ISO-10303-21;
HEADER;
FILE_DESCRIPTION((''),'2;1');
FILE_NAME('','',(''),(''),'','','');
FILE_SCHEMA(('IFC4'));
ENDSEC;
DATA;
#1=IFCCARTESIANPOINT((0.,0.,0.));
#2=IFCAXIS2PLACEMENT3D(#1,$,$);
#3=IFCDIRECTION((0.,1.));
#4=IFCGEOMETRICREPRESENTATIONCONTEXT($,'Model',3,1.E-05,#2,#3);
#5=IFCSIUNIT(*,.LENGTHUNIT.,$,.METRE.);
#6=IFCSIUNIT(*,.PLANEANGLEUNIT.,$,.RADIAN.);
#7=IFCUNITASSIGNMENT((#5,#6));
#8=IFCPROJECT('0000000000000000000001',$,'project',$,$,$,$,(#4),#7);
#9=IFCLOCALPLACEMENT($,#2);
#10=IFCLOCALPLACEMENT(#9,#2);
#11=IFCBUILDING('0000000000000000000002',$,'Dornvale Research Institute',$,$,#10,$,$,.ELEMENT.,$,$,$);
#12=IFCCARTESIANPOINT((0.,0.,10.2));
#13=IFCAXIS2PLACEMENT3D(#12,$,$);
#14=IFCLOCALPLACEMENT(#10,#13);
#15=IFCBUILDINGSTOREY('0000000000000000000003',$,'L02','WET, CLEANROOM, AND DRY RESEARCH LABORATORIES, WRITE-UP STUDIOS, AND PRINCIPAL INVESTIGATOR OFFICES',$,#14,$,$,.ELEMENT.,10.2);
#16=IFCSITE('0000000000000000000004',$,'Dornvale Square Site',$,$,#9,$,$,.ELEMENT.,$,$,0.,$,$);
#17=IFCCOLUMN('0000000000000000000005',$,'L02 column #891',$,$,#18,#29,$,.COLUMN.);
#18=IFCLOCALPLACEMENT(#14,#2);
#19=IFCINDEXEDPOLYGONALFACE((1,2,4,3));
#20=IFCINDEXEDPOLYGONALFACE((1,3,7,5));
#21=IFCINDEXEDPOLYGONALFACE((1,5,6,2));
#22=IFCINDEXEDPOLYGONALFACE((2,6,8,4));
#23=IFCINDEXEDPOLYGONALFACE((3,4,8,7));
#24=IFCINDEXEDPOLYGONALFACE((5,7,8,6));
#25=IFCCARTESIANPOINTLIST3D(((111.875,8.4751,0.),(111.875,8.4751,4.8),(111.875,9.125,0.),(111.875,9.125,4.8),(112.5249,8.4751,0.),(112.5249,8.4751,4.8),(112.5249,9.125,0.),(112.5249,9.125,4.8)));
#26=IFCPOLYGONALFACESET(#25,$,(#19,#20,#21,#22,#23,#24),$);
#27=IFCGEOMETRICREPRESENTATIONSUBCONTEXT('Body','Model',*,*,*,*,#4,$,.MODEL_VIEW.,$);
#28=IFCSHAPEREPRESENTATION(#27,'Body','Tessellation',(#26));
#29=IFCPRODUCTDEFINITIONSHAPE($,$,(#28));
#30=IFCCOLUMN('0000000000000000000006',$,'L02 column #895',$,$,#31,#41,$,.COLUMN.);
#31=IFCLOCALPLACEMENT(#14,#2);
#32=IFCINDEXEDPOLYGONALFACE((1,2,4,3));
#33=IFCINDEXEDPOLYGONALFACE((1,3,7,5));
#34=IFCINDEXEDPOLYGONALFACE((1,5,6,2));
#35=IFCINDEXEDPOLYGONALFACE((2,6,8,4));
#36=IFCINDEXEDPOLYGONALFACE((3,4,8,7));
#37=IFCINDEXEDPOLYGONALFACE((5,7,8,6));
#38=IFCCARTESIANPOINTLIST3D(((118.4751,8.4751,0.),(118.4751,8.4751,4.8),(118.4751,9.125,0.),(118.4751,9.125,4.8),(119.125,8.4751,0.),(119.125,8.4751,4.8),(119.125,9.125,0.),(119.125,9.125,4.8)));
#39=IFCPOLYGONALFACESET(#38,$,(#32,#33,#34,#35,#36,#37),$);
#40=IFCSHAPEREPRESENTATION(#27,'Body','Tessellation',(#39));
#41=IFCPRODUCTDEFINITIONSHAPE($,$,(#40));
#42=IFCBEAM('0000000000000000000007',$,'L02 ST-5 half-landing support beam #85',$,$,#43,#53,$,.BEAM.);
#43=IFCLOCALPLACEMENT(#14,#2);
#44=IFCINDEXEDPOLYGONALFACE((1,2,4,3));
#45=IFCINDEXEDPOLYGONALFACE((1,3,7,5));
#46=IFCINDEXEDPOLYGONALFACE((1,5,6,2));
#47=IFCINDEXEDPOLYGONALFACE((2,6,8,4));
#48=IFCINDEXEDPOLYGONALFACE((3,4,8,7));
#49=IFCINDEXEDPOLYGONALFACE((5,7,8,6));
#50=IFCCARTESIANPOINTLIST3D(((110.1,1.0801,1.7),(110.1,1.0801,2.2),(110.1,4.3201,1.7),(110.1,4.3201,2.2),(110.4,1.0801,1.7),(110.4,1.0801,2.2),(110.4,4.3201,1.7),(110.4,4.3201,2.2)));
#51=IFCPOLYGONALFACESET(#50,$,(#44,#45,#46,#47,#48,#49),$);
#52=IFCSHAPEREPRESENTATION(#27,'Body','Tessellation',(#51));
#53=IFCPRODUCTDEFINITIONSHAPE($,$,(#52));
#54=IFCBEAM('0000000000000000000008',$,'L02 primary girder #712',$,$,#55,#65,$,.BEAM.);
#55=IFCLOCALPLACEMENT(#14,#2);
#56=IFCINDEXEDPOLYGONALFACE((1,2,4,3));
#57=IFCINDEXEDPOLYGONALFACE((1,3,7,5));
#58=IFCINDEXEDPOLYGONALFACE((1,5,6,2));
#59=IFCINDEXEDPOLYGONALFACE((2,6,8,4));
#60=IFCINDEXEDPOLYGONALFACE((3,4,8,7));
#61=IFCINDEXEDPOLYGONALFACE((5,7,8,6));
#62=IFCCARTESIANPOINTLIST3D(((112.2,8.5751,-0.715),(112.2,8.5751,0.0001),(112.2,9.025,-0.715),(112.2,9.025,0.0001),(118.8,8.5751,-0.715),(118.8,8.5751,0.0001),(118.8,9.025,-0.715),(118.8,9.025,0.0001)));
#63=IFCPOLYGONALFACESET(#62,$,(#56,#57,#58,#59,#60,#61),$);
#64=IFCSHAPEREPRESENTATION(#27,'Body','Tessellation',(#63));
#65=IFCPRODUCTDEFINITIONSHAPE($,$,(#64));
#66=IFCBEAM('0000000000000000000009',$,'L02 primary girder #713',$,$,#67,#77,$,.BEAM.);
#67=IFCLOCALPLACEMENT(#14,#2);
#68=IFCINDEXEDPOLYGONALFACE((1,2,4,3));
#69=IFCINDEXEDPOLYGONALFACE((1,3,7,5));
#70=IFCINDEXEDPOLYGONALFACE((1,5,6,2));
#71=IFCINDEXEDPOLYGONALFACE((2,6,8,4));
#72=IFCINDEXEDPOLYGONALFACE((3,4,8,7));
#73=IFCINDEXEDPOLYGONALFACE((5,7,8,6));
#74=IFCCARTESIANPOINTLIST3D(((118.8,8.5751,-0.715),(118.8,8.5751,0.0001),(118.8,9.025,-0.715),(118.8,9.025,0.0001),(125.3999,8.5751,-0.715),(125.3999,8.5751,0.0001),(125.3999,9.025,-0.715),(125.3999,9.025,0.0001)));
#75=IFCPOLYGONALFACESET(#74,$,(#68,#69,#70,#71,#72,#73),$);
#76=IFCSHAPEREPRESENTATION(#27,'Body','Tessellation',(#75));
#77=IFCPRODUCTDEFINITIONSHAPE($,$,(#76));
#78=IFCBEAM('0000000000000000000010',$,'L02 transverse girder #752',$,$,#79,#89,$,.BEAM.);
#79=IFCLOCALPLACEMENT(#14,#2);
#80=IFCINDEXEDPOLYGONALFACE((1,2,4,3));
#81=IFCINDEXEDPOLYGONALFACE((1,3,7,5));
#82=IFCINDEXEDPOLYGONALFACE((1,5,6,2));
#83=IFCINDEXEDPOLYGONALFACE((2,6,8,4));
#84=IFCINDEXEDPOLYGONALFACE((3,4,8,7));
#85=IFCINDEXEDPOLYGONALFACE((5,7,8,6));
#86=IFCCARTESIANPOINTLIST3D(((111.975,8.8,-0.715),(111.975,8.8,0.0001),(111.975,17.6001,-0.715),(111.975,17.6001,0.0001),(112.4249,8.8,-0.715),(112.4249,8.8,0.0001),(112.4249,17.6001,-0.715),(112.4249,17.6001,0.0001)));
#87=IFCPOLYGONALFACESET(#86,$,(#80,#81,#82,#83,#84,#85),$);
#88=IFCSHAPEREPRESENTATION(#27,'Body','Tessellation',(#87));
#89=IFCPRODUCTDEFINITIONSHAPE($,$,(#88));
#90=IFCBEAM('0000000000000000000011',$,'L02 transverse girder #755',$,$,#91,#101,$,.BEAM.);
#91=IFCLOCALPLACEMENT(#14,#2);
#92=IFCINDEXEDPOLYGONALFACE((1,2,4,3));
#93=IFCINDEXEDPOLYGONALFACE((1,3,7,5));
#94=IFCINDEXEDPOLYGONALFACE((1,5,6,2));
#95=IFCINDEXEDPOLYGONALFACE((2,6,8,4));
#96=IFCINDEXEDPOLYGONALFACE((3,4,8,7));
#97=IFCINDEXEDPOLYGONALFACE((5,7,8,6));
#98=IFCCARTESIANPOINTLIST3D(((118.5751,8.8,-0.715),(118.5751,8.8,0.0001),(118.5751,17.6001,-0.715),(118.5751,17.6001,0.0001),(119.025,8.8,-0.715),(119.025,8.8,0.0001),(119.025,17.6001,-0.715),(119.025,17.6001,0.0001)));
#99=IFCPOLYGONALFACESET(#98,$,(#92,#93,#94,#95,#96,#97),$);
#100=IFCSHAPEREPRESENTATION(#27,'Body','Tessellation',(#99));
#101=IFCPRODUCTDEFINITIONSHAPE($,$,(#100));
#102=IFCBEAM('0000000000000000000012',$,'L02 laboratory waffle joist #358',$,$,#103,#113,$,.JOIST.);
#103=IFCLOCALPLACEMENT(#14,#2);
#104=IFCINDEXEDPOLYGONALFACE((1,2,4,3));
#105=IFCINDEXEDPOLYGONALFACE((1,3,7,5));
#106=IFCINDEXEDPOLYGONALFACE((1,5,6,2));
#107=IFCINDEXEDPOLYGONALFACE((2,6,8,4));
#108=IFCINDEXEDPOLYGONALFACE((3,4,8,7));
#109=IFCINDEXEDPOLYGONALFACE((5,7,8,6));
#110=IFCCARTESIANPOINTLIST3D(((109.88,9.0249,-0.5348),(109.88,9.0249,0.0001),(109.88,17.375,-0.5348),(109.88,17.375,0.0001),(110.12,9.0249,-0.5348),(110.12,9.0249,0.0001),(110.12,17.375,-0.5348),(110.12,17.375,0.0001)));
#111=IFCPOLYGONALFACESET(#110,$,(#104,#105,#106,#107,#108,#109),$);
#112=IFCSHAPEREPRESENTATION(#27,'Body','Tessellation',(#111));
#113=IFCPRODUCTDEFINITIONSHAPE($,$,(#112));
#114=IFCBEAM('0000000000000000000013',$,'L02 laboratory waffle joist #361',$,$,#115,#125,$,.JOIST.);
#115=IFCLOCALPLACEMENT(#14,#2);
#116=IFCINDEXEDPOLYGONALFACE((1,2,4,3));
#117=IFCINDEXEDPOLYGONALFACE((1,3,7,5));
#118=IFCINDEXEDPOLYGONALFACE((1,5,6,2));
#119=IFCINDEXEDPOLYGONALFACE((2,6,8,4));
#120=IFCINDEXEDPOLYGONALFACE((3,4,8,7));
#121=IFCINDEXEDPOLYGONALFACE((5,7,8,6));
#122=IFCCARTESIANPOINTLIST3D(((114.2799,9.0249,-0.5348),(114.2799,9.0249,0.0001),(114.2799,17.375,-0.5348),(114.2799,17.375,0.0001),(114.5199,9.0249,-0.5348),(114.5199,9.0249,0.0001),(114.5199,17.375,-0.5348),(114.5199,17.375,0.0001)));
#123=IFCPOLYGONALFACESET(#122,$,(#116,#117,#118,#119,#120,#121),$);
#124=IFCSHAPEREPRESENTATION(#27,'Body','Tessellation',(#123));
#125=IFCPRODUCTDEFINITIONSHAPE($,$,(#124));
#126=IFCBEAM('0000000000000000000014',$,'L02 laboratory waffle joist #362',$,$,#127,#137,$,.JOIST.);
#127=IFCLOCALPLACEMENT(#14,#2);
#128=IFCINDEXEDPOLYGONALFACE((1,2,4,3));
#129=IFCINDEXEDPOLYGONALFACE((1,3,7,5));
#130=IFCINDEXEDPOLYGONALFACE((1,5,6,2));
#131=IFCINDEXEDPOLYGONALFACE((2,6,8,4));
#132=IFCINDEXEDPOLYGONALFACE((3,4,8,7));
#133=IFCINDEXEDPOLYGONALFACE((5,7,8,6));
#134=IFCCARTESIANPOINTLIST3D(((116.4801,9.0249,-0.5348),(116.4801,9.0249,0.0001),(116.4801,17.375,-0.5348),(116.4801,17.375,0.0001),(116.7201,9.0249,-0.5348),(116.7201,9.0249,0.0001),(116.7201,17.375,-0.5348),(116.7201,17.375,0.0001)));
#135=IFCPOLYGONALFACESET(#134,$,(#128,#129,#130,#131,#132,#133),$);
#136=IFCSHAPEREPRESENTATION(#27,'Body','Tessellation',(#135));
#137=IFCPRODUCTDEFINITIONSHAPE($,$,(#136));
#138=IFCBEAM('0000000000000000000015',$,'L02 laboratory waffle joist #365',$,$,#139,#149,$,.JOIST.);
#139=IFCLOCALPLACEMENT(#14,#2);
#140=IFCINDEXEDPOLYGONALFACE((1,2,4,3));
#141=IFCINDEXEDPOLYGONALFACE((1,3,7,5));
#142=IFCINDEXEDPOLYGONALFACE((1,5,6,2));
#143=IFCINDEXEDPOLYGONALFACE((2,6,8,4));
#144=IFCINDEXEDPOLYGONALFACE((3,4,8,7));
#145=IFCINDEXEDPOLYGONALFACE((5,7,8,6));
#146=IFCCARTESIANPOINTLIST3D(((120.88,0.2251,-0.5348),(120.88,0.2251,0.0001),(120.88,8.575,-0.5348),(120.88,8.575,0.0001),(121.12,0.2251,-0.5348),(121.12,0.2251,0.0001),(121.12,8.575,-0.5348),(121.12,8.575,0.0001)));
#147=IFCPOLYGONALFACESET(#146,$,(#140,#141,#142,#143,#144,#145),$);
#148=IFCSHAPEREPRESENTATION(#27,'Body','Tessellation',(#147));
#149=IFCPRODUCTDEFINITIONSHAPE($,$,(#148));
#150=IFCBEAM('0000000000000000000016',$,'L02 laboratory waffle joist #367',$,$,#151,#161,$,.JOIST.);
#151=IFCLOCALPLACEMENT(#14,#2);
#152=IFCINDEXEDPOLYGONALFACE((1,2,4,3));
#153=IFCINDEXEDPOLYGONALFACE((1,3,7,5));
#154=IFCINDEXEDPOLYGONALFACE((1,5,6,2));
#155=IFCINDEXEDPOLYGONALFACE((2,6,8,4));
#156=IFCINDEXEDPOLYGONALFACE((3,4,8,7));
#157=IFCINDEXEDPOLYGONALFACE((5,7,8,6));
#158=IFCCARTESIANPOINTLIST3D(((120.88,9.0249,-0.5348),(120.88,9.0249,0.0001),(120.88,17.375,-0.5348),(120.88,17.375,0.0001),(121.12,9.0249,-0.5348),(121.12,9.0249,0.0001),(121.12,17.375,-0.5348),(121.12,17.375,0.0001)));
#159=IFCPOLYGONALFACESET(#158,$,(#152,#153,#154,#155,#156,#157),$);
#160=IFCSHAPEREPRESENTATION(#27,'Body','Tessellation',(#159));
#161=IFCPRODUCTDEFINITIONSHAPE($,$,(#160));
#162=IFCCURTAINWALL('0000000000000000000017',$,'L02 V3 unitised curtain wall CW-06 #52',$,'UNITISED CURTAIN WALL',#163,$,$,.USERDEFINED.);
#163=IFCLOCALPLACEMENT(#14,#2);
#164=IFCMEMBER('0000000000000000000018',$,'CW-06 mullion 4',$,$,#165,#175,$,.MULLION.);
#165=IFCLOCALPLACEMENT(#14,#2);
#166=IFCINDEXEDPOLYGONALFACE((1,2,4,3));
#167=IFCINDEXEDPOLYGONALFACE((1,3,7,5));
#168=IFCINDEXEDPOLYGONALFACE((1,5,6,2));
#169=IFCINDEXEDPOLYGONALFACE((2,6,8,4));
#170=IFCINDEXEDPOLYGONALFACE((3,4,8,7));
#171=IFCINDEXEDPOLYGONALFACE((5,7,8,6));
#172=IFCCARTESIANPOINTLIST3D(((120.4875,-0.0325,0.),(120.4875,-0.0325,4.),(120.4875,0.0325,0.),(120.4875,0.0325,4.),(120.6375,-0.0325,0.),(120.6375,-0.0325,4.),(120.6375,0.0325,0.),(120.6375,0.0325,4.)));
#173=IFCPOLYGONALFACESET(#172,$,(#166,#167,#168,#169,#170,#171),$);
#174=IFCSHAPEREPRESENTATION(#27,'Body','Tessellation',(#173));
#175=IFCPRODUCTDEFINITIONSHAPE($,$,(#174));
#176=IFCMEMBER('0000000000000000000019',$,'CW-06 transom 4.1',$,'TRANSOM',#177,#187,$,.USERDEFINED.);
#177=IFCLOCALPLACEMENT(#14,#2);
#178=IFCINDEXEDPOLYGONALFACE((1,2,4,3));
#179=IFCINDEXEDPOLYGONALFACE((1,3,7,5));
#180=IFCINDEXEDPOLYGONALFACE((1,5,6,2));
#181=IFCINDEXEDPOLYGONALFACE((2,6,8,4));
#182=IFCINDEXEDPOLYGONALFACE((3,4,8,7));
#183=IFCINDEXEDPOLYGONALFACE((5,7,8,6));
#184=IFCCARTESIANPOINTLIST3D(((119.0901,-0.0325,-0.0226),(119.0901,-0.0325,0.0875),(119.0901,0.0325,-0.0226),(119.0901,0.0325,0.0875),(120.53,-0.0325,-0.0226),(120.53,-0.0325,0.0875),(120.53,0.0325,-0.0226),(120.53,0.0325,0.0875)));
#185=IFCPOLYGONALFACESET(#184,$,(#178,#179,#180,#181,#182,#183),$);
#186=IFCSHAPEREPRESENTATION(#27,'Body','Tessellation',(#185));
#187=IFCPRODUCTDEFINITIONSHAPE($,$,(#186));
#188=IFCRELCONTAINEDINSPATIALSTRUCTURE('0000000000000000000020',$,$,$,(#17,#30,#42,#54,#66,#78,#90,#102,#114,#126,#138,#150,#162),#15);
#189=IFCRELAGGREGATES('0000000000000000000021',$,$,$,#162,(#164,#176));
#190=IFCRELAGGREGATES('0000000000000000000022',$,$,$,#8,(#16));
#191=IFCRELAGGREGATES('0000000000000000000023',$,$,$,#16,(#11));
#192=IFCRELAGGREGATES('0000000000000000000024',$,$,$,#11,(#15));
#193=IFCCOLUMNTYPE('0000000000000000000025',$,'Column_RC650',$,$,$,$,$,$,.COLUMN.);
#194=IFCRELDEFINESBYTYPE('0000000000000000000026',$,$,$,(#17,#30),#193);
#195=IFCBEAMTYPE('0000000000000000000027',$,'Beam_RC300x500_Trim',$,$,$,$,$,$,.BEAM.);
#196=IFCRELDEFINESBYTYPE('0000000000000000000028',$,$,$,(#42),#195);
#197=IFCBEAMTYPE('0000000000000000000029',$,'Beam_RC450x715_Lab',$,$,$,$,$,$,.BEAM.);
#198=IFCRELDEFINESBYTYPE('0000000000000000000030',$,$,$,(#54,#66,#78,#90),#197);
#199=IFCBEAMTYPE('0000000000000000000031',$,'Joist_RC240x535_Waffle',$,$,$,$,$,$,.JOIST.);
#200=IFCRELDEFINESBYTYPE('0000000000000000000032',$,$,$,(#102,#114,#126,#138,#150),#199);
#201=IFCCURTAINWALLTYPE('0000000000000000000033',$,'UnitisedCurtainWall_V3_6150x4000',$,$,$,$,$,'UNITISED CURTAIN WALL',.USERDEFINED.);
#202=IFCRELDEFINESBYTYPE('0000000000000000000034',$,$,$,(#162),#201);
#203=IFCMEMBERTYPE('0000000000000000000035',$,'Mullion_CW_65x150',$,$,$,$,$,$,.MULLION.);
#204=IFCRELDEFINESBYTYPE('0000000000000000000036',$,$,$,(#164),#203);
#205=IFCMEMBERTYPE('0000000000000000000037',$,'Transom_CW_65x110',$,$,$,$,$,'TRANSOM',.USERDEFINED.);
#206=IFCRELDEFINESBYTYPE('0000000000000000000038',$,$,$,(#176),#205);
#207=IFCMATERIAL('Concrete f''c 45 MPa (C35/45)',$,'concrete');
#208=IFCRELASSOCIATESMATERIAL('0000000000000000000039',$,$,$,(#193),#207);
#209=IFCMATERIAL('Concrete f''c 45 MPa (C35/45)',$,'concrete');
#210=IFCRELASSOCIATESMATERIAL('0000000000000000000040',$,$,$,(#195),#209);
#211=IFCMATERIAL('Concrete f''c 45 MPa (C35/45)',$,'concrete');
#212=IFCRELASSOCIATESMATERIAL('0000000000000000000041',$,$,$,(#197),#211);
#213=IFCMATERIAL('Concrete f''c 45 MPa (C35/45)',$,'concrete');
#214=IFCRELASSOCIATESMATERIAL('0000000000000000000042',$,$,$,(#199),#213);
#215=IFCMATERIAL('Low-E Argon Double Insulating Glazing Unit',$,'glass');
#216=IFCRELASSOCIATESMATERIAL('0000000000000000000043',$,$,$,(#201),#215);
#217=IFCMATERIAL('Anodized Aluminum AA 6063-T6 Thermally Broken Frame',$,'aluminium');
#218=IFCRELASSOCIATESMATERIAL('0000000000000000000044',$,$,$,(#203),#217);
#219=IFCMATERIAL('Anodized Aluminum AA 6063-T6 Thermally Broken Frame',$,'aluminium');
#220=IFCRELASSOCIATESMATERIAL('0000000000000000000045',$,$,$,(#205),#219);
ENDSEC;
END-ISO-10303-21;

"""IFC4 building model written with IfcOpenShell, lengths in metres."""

from ifc_helpers import new_model, si_unit, direction, frame, origin, origin_2d, place, context, subcontext, project, spatial, rectangle, extrude, material, material_profile, profile_set, type_object, element, aggregate, save


model = new_model("IFC4")

# Units and contexts
model_context = context("Model", 3, precision=1e-05, world=origin(), true_north=direction((0.0, 1.0)))
body_context = subcontext(model_context, "Body", "Model", "MODEL_VIEW")
ifc_project = project(units=[si_unit("LENGTHUNIT", "METRE"), si_unit("PLANEANGLEUNIT", "RADIAN")], contexts=[model_context])

# Site, building, storey
site_placement = place(None, origin())
site = spatial("IfcSite", under=ifc_project, at=site_placement, Name="Dornvale Square Site", CompositionType="ELEMENT", RefElevation=0.0)
building_placement = place(site_placement, origin())
building = spatial("IfcBuilding", under=site, at=building_placement, Name="Dornvale Research Institute", CompositionType="ELEMENT")
storey_placement = place(building_placement, frame((0.0, 0.0, 10.2)))
storey = spatial("IfcBuildingStorey", under=building, at=storey_placement, Name="L02", Description="WET, CLEANROOM, AND DRY RESEARCH LABORATORIES, WRITE-UP STUDIOS, AND PRINCIPAL INVESTIGATOR OFFICES", CompositionType="ELEMENT", Elevation=10.2)

# Columns
ifc_material_1 = material(Name="Concrete f'c 45 MPa (C35/45)", Category="concrete")
ifc_material_profile_1 = material_profile(ifc_material_1, rectangle(XDim=0.6499, YDim=0.6499, at=origin_2d()), Name="RC 650x650")
ifc_profile_set_1 = profile_set([ifc_material_profile_1], Name="Concrete f'c 45 MPa (C35/45)")
column_type = type_object("IfcColumnType", Name="Column_RC650", PredefinedType="COLUMN", material=ifc_profile_set_1)
for number, where, z_axis, x_axis, name in (
    (1, (112.2, 8.8, 0.0), (0.0, 0.0, 1.0), (1.0, 0.0, 0.0), "L02 column #891"),
    (2, (118.8, 8.8, 0.0), (0.0, 0.0, 1.0), (1.0, 0.0, 0.0), "L02 column #895"),
):
    element("IfcColumn", number, at=place(storey_placement, frame(where, z_axis=z_axis, x_axis=x_axis)), inside=storey, type_object=column_type, Name=name, PredefinedType="COLUMN", context=body_context, shape_type="SweptSolid", body=[
        extrude(rectangle(XDim=0.6499, YDim=0.6499, at=origin_2d()), origin(), (0.0, 0.0, 1.0), 4.8),
    ])

# Beams
ifc_material_2 = material(Name="Concrete f'c 45 MPa (C35/45)", Category="concrete")
ifc_material_profile_2 = material_profile(ifc_material_2, rectangle(XDim=0.3, YDim=0.5, at=origin_2d()), Name="RC 300x500")
ifc_profile_set_2 = profile_set([ifc_material_profile_2], Name="Concrete f'c 45 MPa (C35/45)")
beam_type_1 = type_object("IfcBeamType", Name="Beam_RC300x500_Trim", PredefinedType="BEAM", material=ifc_profile_set_2)
beam_1_placement = place(storey_placement, frame((110.25, 1.0801, 1.95), z_axis=(0.0, 1.0, 0.0), x_axis=(-1.0, 0.0, 0.0)))
element("IfcBeam", 3, at=beam_1_placement, inside=storey, type_object=beam_type_1, Name="L02 ST-5 half-landing support beam #85", PredefinedType="BEAM", context=body_context, shape_type="SweptSolid", body=[
    extrude(rectangle(XDim=0.3, YDim=0.5, at=origin_2d()), origin(), (0.0, 0.0, 1.0), 3.24),
])
ifc_material_3 = material(Name="Concrete f'c 45 MPa (C35/45)", Category="concrete")
ifc_material_profile_3 = material_profile(ifc_material_3, rectangle(XDim=0.45, YDim=0.7151, at=origin_2d()), Name="RC 450x715")
ifc_profile_set_3 = profile_set([ifc_material_profile_3], Name="Concrete f'c 45 MPa (C35/45)")
beam_type_2 = type_object("IfcBeamType", Name="Beam_RC450x715_Lab", PredefinedType="BEAM", material=ifc_profile_set_3)
beam_2_placement = place(storey_placement, frame((112.2, 8.8, -0.3574), z_axis=(1.0, 0.0, 0.0), x_axis=(0.0, 1.0, 0.0)))
element("IfcBeam", 4, at=beam_2_placement, inside=storey, type_object=beam_type_2, Name="L02 primary girder #712", PredefinedType="BEAM", context=body_context, shape_type="SweptSolid", body=[
    extrude(rectangle(XDim=0.45, YDim=0.7151, at=origin_2d()), origin(), (0.0, 0.0, 1.0), 6.6001),
])
beam_3_placement = place(storey_placement, frame((118.8, 8.8, -0.3574), z_axis=(1.0, 0.0, 0.0), x_axis=(0.0, 1.0, 0.0)))
element("IfcBeam", 5, at=beam_3_placement, inside=storey, type_object=beam_type_2, Name="L02 primary girder #713", PredefinedType="BEAM", context=body_context, shape_type="SweptSolid", body=[
    extrude(rectangle(XDim=0.45, YDim=0.7151, at=origin_2d()), origin(), (0.0, 0.0, 1.0), 6.5999),
])
for number, where, z_axis, x_axis, name in (
    (6, (112.2, 8.8, -0.3574), (0.0, 1.0, 0.0), (-1.0, 0.0, 0.0), "L02 transverse girder #752"),
    (7, (118.8, 8.8, -0.3574), (0.0, 1.0, 0.0), (-1.0, 0.0, 0.0), "L02 transverse girder #755"),
):
    element("IfcBeam", number, at=place(storey_placement, frame(where, z_axis=z_axis, x_axis=x_axis)), inside=storey, type_object=beam_type_2, Name=name, PredefinedType="BEAM", context=body_context, shape_type="SweptSolid", body=[
        extrude(rectangle(XDim=0.45, YDim=0.7151, at=origin_2d()), origin(), (0.0, 0.0, 1.0), 8.8),
    ])
ifc_material_4 = material(Name="Concrete f'c 45 MPa (C35/45)", Category="concrete")
ifc_material_profile_4 = material_profile(ifc_material_4, rectangle(XDim=0.24, YDim=0.5349, at=origin_2d()), Name="RC 240x535")
ifc_profile_set_4 = profile_set([ifc_material_profile_4], Name="Concrete f'c 45 MPa (C35/45)")
beam_type_3 = type_object("IfcBeamType", Name="Joist_RC240x535_Waffle", PredefinedType="JOIST", material=ifc_profile_set_4)
for number, where, z_axis, x_axis, name in (
    (8, (110.0, 9.0249, -0.2673), (0.0, 1.0, 0.0), (-1.0, 0.0, 0.0), "L02 laboratory waffle joist #358"),
    (9, (114.3999, 9.0249, -0.2673), (0.0, 1.0, 0.0), (-1.0, 0.0, 0.0), "L02 laboratory waffle joist #361"),
    (10, (116.6001, 9.0249, -0.2673), (0.0, 1.0, 0.0), (-1.0, 0.0, 0.0), "L02 laboratory waffle joist #362"),
):
    element("IfcBeam", number, at=place(storey_placement, frame(where, z_axis=z_axis, x_axis=x_axis)), inside=storey, type_object=beam_type_3, Name=name, PredefinedType="JOIST", context=body_context, shape_type="SweptSolid", body=[
        extrude(rectangle(XDim=0.24, YDim=0.5349, at=origin_2d()), origin(), (0.0, 0.0, 1.0), 8.3501),
    ])
beam_4_placement = place(storey_placement, frame((121.0, 0.2251, -0.2673), z_axis=(0.0, 1.0, 0.0), x_axis=(-1.0, 0.0, 0.0)))
element("IfcBeam", 11, at=beam_4_placement, inside=storey, type_object=beam_type_3, Name="L02 laboratory waffle joist #365", PredefinedType="JOIST", context=body_context, shape_type="SweptSolid", body=[
    extrude(rectangle(XDim=0.24, YDim=0.5349, at=origin_2d()), origin(), (0.0, 0.0, 1.0), 8.3499),
])
beam_5_placement = place(storey_placement, frame((121.0, 9.0249, -0.2673), z_axis=(0.0, 1.0, 0.0), x_axis=(-1.0, 0.0, 0.0)))
element("IfcBeam", 12, at=beam_5_placement, inside=storey, type_object=beam_type_3, Name="L02 laboratory waffle joist #367", PredefinedType="JOIST", context=body_context, shape_type="SweptSolid", body=[
    extrude(rectangle(XDim=0.24, YDim=0.5349, at=origin_2d()), origin(), (0.0, 0.0, 1.0), 8.3501),
])

# Curtain wall, members
ifc_material_5 = material(Name="Low-E Argon Double Insulating Glazing Unit", Category="glass")
curtain_wall_type = type_object("IfcCurtainWallType", Name="UnitisedCurtainWall_V3_6150x4000", ElementType="UNITISED CURTAIN WALL", PredefinedType="USERDEFINED", material=ifc_material_5)
curtain_wall_placement = place(storey_placement, origin())
curtain_wall = element("IfcCurtainWall", 13, at=curtain_wall_placement, inside=storey, type_object=curtain_wall_type, Name="L02 V3 unitised curtain wall CW-06 #52", ObjectType="UNITISED CURTAIN WALL", PredefinedType="USERDEFINED")
ifc_material_6 = material(Name="Anodized Aluminum AA 6063-T6 Thermally Broken Frame", Category="aluminium")
ifc_material_profile_5 = material_profile(ifc_material_6, rectangle(XDim=0.0649, YDim=0.1499, at=origin_2d()), Name="ALU MULLION 65x150")
ifc_profile_set_5 = profile_set([ifc_material_profile_5], Name="Anodized Aluminum AA 6063-T6 Thermally Broken Frame")
member_type_1 = type_object("IfcMemberType", Name="Mullion_CW_65x150", PredefinedType="MULLION", material=ifc_profile_set_5)
member_1_placement = place(storey_placement, frame((120.5625, 0.0, 0.0), z_axis=(0.0, 0.0, 1.0), x_axis=(0.0, -1.0, 0.0)))
member_1 = element("IfcMember", 14, at=member_1_placement, type_object=member_type_1, Name="CW-06 mullion 4", PredefinedType="MULLION", context=body_context, shape_type="SweptSolid", body=[
    extrude(rectangle(XDim=0.0649, YDim=0.1499, at=origin_2d()), origin(), (0.0, 0.0, 1.0), 4.0),
])
ifc_material_7 = material(Name="Anodized Aluminum AA 6063-T6 Thermally Broken Frame", Category="aluminium")
ifc_material_profile_6 = material_profile(ifc_material_7, rectangle(XDim=0.0649, YDim=0.1101, at=origin_2d()), Name="ALU TRANSOM 65x110")
ifc_profile_set_6 = profile_set([ifc_material_profile_6], Name="Anodized Aluminum AA 6063-T6 Thermally Broken Frame")
member_type_2 = type_object("IfcMemberType", Name="Transom_CW_65x110", ElementType="TRANSOM", PredefinedType="USERDEFINED", material=ifc_profile_set_6)
member_2_placement = place(storey_placement, frame((120.53, 0.0, 0.0325), z_axis=(-1.0, 0.0, 0.0), x_axis=(0.0, -1.0, 0.0)))
member_2 = element("IfcMember", 15, at=member_2_placement, type_object=member_type_2, Name="CW-06 transom 4.1", ObjectType="TRANSOM", PredefinedType="USERDEFINED", context=body_context, shape_type="SweptSolid", body=[
    extrude(rectangle(XDim=0.0649, YDim=0.1101, at=origin_2d()), origin(), (0.0, 0.0, 1.0), 1.4399),
])
aggregate(curtain_wall, [member_1, member_2])

save(model, "model.ifc")
